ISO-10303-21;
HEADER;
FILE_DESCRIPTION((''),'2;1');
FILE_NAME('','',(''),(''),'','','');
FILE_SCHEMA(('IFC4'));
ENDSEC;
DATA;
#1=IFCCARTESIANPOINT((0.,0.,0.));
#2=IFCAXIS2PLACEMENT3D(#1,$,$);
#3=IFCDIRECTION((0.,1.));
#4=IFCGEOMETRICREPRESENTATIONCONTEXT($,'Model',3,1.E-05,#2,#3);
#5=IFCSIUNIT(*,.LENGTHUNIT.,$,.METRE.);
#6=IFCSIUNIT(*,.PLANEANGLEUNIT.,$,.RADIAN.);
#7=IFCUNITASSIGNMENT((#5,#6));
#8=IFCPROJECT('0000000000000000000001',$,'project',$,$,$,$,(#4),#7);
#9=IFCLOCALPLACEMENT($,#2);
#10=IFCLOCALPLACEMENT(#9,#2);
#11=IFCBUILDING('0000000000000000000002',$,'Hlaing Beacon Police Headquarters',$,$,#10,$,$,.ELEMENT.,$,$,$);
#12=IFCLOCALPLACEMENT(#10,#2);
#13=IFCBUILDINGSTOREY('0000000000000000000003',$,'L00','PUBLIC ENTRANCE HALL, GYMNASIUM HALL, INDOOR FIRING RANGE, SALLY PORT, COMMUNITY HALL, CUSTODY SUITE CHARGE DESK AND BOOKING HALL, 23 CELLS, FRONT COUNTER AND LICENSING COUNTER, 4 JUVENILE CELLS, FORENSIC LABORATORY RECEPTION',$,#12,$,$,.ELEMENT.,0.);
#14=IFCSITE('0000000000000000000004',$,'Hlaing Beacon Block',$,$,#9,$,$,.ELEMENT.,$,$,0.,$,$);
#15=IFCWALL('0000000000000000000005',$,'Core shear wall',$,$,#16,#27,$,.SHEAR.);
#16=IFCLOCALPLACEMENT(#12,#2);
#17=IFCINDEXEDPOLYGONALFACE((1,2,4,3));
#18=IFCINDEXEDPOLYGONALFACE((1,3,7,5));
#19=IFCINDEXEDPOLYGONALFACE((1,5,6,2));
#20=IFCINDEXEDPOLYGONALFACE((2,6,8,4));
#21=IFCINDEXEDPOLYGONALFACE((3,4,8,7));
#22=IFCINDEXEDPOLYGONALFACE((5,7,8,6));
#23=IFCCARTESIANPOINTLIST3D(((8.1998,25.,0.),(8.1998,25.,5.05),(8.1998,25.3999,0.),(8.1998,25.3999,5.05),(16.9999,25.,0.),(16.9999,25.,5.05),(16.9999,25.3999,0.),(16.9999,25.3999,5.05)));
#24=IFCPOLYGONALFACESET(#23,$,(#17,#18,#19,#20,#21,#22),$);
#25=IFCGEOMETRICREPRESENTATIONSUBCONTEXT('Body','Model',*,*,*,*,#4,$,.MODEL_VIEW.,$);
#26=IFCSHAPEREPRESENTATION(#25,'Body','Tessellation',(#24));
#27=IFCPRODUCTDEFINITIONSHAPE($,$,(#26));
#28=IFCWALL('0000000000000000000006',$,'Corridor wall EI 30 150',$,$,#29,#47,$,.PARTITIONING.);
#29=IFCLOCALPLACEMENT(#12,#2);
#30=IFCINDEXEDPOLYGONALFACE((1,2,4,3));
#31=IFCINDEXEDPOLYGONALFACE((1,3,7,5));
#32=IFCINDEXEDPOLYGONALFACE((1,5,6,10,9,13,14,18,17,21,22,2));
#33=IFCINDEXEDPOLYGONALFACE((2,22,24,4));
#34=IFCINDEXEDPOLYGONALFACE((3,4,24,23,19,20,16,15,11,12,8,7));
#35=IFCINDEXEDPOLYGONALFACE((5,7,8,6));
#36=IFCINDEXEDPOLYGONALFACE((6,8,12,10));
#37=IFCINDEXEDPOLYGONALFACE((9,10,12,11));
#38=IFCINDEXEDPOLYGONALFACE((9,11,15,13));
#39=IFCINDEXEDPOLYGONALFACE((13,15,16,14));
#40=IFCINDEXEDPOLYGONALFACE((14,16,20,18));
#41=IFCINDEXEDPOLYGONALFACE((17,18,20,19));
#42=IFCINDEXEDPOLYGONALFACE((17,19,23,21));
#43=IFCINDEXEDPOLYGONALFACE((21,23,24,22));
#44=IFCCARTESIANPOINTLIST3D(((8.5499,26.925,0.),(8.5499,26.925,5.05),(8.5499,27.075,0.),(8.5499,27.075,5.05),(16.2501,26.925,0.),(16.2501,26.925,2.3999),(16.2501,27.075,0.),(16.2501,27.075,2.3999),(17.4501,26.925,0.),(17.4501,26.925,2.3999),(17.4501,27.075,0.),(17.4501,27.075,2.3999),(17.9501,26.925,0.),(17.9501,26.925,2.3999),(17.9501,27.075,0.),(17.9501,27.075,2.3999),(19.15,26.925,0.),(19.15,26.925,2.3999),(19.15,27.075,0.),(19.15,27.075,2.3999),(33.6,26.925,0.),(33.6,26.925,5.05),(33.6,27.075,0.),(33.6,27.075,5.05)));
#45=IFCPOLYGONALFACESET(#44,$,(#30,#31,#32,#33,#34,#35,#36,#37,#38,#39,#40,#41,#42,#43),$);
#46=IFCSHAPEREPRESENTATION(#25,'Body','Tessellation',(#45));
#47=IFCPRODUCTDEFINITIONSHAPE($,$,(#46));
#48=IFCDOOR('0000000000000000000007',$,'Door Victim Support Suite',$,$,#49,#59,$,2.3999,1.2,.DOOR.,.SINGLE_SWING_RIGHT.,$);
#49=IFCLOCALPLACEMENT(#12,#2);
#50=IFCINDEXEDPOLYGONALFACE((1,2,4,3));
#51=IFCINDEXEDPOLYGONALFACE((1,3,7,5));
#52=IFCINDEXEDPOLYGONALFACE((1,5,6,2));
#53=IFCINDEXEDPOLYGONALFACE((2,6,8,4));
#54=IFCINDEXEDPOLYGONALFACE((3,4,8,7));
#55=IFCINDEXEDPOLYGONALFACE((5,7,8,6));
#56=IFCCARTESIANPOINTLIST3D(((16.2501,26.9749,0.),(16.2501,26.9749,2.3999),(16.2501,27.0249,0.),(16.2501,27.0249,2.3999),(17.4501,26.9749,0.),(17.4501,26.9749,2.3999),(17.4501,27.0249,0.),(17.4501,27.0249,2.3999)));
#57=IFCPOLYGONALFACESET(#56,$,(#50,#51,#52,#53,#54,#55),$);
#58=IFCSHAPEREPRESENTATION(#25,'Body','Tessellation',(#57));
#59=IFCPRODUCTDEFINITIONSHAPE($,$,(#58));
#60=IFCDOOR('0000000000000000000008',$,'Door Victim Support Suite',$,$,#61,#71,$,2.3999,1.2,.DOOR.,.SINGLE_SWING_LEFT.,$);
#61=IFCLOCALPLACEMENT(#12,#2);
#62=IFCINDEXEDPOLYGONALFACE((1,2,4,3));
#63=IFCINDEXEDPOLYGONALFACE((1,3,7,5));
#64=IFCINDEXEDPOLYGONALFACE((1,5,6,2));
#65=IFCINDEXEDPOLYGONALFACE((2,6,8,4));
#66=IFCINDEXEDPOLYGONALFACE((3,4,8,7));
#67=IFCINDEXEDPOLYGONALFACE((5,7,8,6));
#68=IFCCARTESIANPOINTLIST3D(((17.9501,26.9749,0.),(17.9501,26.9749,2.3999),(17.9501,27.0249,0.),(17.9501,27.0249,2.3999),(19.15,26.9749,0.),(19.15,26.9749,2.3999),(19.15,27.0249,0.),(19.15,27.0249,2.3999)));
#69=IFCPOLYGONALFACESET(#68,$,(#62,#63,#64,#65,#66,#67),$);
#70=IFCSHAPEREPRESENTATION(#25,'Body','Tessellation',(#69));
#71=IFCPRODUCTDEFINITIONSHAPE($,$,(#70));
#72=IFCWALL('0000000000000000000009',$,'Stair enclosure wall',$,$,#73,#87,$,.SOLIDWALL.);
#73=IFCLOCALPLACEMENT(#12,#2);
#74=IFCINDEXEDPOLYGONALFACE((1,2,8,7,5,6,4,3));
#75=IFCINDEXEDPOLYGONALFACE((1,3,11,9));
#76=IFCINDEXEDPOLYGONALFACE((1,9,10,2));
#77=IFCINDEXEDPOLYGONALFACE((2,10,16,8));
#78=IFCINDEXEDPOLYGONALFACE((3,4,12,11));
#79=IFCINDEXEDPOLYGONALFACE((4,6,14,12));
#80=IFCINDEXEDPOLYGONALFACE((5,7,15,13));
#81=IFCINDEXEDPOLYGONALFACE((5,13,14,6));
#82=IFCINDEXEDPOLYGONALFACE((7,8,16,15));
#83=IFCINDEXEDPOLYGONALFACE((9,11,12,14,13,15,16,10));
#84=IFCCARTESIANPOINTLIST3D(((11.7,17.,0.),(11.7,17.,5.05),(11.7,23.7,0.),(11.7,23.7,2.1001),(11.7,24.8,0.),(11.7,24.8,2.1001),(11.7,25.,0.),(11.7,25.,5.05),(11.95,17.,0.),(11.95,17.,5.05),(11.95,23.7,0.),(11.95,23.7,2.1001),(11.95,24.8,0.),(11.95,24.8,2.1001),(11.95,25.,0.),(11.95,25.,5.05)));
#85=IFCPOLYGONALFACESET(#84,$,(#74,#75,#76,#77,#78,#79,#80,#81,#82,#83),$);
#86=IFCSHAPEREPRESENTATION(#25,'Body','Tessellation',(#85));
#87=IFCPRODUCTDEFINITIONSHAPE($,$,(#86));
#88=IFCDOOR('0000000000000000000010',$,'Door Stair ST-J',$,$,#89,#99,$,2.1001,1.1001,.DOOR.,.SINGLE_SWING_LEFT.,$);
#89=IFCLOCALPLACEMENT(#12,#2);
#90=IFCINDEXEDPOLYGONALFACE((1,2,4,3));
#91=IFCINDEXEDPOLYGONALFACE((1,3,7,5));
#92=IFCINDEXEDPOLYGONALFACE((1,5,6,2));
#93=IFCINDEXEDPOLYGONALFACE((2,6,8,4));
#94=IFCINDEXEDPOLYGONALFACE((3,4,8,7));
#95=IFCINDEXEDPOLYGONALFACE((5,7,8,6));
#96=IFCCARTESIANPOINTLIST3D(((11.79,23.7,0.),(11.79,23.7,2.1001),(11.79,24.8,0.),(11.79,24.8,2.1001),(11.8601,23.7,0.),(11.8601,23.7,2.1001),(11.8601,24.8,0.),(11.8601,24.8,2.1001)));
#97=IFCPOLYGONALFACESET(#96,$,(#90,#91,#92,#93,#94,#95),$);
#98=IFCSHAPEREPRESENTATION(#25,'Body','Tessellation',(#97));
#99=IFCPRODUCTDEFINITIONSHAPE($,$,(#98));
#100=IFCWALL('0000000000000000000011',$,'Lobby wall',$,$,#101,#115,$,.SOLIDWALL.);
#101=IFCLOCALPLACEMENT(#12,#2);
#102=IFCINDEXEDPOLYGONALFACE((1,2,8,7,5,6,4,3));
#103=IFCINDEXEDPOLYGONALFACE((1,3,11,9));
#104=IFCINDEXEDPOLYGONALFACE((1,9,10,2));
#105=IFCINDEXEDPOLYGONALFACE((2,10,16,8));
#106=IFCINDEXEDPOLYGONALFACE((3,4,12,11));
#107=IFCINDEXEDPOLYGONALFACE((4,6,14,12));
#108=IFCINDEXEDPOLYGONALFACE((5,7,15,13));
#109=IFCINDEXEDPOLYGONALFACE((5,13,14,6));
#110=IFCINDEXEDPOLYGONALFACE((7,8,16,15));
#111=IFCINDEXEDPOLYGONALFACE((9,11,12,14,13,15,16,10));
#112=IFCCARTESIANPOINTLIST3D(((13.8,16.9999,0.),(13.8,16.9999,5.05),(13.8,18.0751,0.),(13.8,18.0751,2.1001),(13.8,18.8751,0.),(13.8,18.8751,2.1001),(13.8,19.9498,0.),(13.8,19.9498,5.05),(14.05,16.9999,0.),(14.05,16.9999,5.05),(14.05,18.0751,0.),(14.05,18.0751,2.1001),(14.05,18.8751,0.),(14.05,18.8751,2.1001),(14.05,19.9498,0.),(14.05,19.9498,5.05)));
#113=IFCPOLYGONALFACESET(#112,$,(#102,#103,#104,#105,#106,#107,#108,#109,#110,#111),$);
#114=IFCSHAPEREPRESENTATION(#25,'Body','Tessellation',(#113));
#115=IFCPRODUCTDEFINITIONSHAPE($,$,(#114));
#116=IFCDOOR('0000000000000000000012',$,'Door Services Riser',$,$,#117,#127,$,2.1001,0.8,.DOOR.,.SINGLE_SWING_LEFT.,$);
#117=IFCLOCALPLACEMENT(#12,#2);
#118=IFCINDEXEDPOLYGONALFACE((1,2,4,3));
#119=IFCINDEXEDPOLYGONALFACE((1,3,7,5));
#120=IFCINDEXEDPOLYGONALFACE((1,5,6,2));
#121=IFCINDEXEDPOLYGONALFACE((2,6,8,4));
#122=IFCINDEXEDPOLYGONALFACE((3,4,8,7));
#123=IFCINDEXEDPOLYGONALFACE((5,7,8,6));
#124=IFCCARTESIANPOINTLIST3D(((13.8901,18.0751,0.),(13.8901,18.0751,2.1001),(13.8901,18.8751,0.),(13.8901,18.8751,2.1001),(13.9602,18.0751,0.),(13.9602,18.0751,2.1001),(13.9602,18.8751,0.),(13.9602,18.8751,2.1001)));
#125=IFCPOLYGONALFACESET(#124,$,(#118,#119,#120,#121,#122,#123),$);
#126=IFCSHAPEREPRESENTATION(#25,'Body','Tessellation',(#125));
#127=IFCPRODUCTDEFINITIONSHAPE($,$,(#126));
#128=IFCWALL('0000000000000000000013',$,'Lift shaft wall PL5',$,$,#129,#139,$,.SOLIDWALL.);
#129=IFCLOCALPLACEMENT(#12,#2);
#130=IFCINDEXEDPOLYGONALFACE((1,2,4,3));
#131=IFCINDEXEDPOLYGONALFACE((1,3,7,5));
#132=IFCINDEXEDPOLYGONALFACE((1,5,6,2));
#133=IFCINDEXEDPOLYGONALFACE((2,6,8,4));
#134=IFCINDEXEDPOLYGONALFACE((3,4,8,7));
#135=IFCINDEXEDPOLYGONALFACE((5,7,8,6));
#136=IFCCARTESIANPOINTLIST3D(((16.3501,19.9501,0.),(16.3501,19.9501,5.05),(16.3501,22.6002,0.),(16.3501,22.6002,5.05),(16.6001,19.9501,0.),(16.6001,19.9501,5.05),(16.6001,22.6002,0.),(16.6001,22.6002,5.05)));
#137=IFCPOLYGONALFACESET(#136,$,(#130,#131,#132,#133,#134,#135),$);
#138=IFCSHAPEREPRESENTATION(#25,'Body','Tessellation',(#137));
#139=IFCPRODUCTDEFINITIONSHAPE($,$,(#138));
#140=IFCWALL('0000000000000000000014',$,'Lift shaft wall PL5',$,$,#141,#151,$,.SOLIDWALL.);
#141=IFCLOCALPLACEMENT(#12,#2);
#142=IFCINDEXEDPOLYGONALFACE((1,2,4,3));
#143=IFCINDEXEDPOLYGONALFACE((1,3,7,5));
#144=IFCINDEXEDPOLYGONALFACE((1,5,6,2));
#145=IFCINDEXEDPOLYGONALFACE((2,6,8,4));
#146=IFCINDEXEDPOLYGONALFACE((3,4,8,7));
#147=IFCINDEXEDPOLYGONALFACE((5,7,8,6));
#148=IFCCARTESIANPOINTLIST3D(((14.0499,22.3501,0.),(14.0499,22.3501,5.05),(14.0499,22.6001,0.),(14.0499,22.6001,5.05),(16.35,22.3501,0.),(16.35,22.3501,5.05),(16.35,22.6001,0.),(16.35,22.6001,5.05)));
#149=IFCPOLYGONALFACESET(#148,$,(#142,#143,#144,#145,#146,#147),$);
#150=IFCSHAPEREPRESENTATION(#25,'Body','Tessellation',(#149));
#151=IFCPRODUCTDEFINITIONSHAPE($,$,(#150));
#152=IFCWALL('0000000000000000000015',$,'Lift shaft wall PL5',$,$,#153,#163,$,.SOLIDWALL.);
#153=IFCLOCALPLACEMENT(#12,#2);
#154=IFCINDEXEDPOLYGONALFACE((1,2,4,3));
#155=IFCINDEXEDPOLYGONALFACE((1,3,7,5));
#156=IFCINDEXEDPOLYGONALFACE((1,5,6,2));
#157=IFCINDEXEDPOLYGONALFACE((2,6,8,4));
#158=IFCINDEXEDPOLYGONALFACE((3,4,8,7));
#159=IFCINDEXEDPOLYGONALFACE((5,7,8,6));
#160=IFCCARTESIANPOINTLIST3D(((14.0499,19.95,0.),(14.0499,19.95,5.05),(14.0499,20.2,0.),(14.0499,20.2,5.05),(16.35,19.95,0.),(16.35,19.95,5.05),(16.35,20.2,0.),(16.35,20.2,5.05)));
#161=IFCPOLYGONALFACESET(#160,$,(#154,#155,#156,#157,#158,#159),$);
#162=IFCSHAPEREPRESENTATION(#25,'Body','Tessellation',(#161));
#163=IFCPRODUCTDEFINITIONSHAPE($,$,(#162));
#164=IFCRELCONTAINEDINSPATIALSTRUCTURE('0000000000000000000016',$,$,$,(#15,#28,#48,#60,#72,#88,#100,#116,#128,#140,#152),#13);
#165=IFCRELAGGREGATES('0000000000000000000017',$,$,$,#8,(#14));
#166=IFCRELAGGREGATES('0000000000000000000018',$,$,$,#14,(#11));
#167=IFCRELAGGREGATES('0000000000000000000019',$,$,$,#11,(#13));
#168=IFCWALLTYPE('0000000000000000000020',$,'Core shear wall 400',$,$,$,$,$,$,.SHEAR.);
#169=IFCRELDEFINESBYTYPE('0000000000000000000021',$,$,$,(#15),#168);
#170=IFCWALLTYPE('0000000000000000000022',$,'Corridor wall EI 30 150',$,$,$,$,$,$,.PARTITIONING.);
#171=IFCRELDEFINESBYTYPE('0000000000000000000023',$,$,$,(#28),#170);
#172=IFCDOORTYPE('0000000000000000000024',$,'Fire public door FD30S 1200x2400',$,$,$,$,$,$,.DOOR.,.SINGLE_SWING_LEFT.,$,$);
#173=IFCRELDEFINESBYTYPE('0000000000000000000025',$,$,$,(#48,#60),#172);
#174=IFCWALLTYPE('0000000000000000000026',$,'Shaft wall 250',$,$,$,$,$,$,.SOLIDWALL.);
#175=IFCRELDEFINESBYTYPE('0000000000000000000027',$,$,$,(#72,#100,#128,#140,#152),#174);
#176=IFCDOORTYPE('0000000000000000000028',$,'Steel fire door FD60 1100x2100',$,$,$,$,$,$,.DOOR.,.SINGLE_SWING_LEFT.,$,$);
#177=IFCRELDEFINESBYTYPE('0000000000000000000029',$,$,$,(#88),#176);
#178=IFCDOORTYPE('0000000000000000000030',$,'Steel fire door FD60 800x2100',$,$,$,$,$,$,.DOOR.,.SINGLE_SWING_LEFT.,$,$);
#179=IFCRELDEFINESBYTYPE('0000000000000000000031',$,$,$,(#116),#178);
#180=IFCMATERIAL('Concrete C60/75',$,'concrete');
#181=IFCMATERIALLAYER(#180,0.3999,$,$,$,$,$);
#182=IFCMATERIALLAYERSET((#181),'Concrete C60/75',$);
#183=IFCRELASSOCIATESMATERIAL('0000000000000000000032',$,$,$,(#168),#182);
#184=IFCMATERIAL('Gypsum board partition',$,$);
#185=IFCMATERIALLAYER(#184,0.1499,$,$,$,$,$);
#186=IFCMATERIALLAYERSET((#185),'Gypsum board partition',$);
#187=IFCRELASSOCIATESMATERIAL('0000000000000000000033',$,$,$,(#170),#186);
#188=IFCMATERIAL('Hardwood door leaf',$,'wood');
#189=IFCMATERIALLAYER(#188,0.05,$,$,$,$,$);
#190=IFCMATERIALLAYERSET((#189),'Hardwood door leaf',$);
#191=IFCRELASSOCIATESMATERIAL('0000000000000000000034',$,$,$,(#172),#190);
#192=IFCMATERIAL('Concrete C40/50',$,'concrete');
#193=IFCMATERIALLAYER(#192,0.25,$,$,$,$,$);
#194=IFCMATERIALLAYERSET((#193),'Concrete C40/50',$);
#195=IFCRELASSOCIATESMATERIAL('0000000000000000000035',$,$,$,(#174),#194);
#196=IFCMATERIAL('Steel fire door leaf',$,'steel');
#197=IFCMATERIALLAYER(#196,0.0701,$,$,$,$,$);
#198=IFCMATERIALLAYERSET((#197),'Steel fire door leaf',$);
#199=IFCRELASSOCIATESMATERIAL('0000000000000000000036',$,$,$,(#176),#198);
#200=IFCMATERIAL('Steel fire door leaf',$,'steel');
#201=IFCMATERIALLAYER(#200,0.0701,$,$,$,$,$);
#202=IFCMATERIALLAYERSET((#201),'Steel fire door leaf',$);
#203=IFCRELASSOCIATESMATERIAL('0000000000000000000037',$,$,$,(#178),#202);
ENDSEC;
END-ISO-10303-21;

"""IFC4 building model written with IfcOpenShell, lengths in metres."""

from ifc_helpers import new_model, si_unit, direction, frame, frame_2d, origin, place, context, subcontext, project, spatial, rectangle, extrude, material, layer, layer_set, type_object, element, fill, save


model = new_model("IFC4")

# Units and contexts
model_context = context("Model", 3, precision=1e-05, world=origin(), true_north=direction((0.0, 1.0)))
body_context = subcontext(model_context, "Body", "Model", "MODEL_VIEW")
ifc_project = project(units=[si_unit("LENGTHUNIT", "METRE"), si_unit("PLANEANGLEUNIT", "RADIAN")], contexts=[model_context])

# Site, building, storey
site_placement = place(None, origin())
site = spatial("IfcSite", under=ifc_project, at=site_placement, Name="Hlaing Beacon Block", CompositionType="ELEMENT", RefElevation=0.0)
building_placement = place(site_placement, origin())
building = spatial("IfcBuilding", under=site, at=building_placement, Name="Hlaing Beacon Police Headquarters", CompositionType="ELEMENT")
storey_placement = place(building_placement, origin())
storey = spatial("IfcBuildingStorey", under=building, at=storey_placement, Name="L00", Description="PUBLIC ENTRANCE HALL, GYMNASIUM HALL, INDOOR FIRING RANGE, SALLY PORT, COMMUNITY HALL, CUSTODY SUITE CHARGE DESK AND BOOKING HALL, 23 CELLS, FRONT COUNTER AND LICENSING COUNTER, 4 JUVENILE CELLS, FORENSIC LABORATORY RECEPTION", CompositionType="ELEMENT", Elevation=0.0)

# Wall
ifc_material_1 = material(Name="Concrete C60/75", Category="concrete")
ifc_layer_1 = layer(ifc_material_1, 0.3999)
ifc_layer_set_1 = layer_set([ifc_layer_1], Name="Concrete C60/75")
wall_type_1 = type_object("IfcWallType", Name="Core shear wall 400", PredefinedType="SHEAR", material=ifc_layer_set_1)
wall_1_placement = place(storey_placement, frame((8.2, 25.2, 0.0), z_axis=(0.0, 0.0, 1.0), x_axis=(1.0, 0.0, 0.0)))
element("IfcWall", 1, at=wall_1_placement, inside=storey, type_object=wall_type_1, Name="Core shear wall", PredefinedType="SHEAR", context=body_context, shape_type="SweptSolid", body=[
    extrude(rectangle(XDim=8.8, YDim=0.3999, at=frame_2d((4.3999, 0.0))), origin(), (0.0, 0.0, 1.0), 5.05),
])

# Wall, openings, doors
ifc_material_2 = material(Name="Gypsum board partition")
ifc_layer_2 = layer(ifc_material_2, 0.1499)
ifc_layer_set_2 = layer_set([ifc_layer_2], Name="Gypsum board partition")
wall_type_2 = type_object("IfcWallType", Name="Corridor wall EI 30 150", PredefinedType="PARTITIONING", material=ifc_layer_set_2)
wall_2_placement = place(storey_placement, frame((8.55, 27.0, 0.0), z_axis=(0.0, 0.0, 1.0), x_axis=(1.0, 0.0, 0.0)))
wall_2 = element("IfcWall", 2, at=wall_2_placement, inside=storey, type_object=wall_type_2, Name="Corridor wall EI 30 150", PredefinedType="PARTITIONING", context=body_context, shape_type="SweptSolid", body=[
    extrude(rectangle(XDim=25.05, YDim=0.1499, at=frame_2d((12.5249, 0.0))), origin(), (0.0, 0.0, 1.0), 5.05),
])
opening_1_placement = place(wall_2_placement, frame((7.7, 0.0, 0.0)))
opening_1 = element("IfcOpeningElement", 3, at=opening_1_placement, cuts=wall_2, PredefinedType="OPENING", context=body_context, shape_type="SweptSolid", body=[
    extrude(rectangle(XDim=1.2, YDim=2.3999, at=frame_2d((0.6001, 1.2))), frame((0.0, 0.085, 0.0), z_axis=(0.0, -1.0, 0.0), x_axis=(1.0, 0.0, 0.0)), (0.0, 0.0, 1.0), 0.1699),
])
opening_2_placement = place(wall_2_placement, frame((9.3999, 0.0, 0.0)))
opening_2 = element("IfcOpeningElement", 4, at=opening_2_placement, cuts=wall_2, PredefinedType="OPENING", context=body_context, shape_type="SweptSolid", body=[
    extrude(rectangle(XDim=1.2, YDim=2.3999, at=frame_2d((0.6001, 1.2))), frame((0.0, 0.085, 0.0), z_axis=(0.0, -1.0, 0.0), x_axis=(1.0, 0.0, 0.0)), (0.0, 0.0, 1.0), 0.1699),
])
ifc_material_3 = material(Name="Hardwood door leaf", Category="wood")
ifc_layer_3 = layer(ifc_material_3, 0.05)
ifc_layer_set_3 = layer_set([ifc_layer_3], Name="Hardwood door leaf")
door_type_1 = type_object("IfcDoorType", Name="Fire public door FD30S 1200x2400", OperationType="SINGLE_SWING_LEFT", PredefinedType="DOOR", material=ifc_layer_set_3)
door_1_placement = place(opening_1_placement, frame((1.2, 0.0, 0.0), z_axis=(0.0, 0.0, 1.0), x_axis=(-1.0, 0.0, 0.0)))
door_1 = element("IfcDoor", 5, at=door_1_placement, inside=storey, type_object=door_type_1, Name="Door Victim Support Suite", OperationType="SINGLE_SWING_RIGHT", OverallHeight=2.3999, OverallWidth=1.2, PredefinedType="DOOR", context=body_context, shape_type="SweptSolid", body=[
    extrude(rectangle(XDim=1.2, YDim=2.3999, at=frame_2d((0.5999, 1.2))), frame((0.0, 0.0251, 0.0), z_axis=(0.0, -1.0, 0.0), x_axis=(1.0, 0.0, 0.0)), (0.0, 0.0, 1.0), 0.05),
])
fill(opening_1, door_1)
door_2_placement = place(opening_2_placement, frame((1.2, 0.0, 0.0), z_axis=(0.0, 0.0, 1.0), x_axis=(-1.0, 0.0, 0.0)))
door_2 = element("IfcDoor", 6, at=door_2_placement, inside=storey, type_object=door_type_1, Name="Door Victim Support Suite", OperationType="SINGLE_SWING_LEFT", OverallHeight=2.3999, OverallWidth=1.2, PredefinedType="DOOR", context=body_context, shape_type="SweptSolid", body=[
    extrude(rectangle(XDim=1.2, YDim=2.3999, at=frame_2d((0.5999, 1.2))), frame((0.0, 0.0251, 0.0), z_axis=(0.0, -1.0, 0.0), x_axis=(1.0, 0.0, 0.0)), (0.0, 0.0, 1.0), 0.05),
])
fill(opening_2, door_2)

# Walls, openings, doors
ifc_material_4 = material(Name="Concrete C40/50", Category="concrete")
ifc_layer_4 = layer(ifc_material_4, 0.25)
ifc_layer_set_4 = layer_set([ifc_layer_4], Name="Concrete C40/50")
wall_type_3 = type_object("IfcWallType", Name="Shaft wall 250", PredefinedType="SOLIDWALL", material=ifc_layer_set_4)
wall_3_placement = place(storey_placement, frame((11.825, 25.0, 0.0), z_axis=(0.0, 0.0, 1.0), x_axis=(0.0, -1.0, 0.0)))
wall_3 = element("IfcWall", 7, at=wall_3_placement, inside=storey, type_object=wall_type_3, Name="Stair enclosure wall", PredefinedType="SOLIDWALL", context=body_context, shape_type="SweptSolid", body=[
    extrude(rectangle(XDim=8.0, YDim=0.25, at=frame_2d((4.0, 0.0))), origin(), (0.0, 0.0, 1.0), 5.05),
])
opening_3_placement = place(wall_3_placement, frame((0.2, 0.0, 0.0)))
opening_3 = element("IfcOpeningElement", 8, at=opening_3_placement, cuts=wall_3, PredefinedType="OPENING", context=body_context, shape_type="SweptSolid", body=[
    extrude(rectangle(XDim=1.1001, YDim=2.1001, at=frame_2d((0.55, 1.05))), frame((0.0, 0.135, 0.0), z_axis=(0.0, -1.0, 0.0), x_axis=(1.0, 0.0, 0.0)), (0.0, 0.0, 1.0), 0.27),
])
ifc_material_5 = material(Name="Steel fire door leaf", Category="steel")
ifc_layer_5 = layer(ifc_material_5, 0.0701)
ifc_layer_set_5 = layer_set([ifc_layer_5], Name="Steel fire door leaf")
door_type_2 = type_object("IfcDoorType", Name="Steel fire door FD60 1100x2100", OperationType="SINGLE_SWING_LEFT", PredefinedType="DOOR", material=ifc_layer_set_5)
door_3_placement = place(opening_3_placement, frame((1.1001, 0.0, 0.0), z_axis=(0.0, 0.0, 1.0), x_axis=(-1.0, 0.0, 0.0)))
door_3 = element("IfcDoor", 9, at=door_3_placement, inside=storey, type_object=door_type_2, Name="Door Stair ST-J", OperationType="SINGLE_SWING_LEFT", OverallHeight=2.1001, OverallWidth=1.1001, PredefinedType="DOOR", context=body_context, shape_type="SweptSolid", body=[
    extrude(rectangle(XDim=1.1001, YDim=2.1001, at=frame_2d((0.55, 1.05))), frame((0.0, 0.0349, 0.0), z_axis=(0.0, -1.0, 0.0), x_axis=(1.0, 0.0, 0.0)), (0.0, 0.0, 1.0), 0.0701),
])
fill(opening_3, door_3)
wall_4_placement = place(storey_placement, frame((13.925, 19.95, 0.0), z_axis=(0.0, 0.0, 1.0), x_axis=(0.0, -1.0, 0.0)))
wall_4 = element("IfcWall", 10, at=wall_4_placement, inside=storey, type_object=wall_type_3, Name="Lobby wall", PredefinedType="SOLIDWALL", context=body_context, shape_type="SweptSolid", body=[
    extrude(rectangle(XDim=2.95, YDim=0.25, at=frame_2d((1.4751, 0.0))), origin(), (0.0, 0.0, 1.0), 5.05),
])
opening_4_placement = place(wall_4_placement, frame((1.075, 0.0, 0.0)))
opening_4 = element("IfcOpeningElement", 11, at=opening_4_placement, cuts=wall_4, PredefinedType="OPENING", context=body_context, shape_type="SweptSolid", body=[
    extrude(rectangle(XDim=0.8, YDim=2.1001, at=frame_2d((0.3999, 1.05))), frame((0.0, 0.135, 0.0), z_axis=(0.0, -1.0, 0.0), x_axis=(1.0, 0.0, 0.0)), (0.0, 0.0, 1.0), 0.27),
])
ifc_material_6 = material(Name="Steel fire door leaf", Category="steel")
ifc_layer_6 = layer(ifc_material_6, 0.0701)
ifc_layer_set_6 = layer_set([ifc_layer_6], Name="Steel fire door leaf")
door_type_3 = type_object("IfcDoorType", Name="Steel fire door FD60 800x2100", OperationType="SINGLE_SWING_LEFT", PredefinedType="DOOR", material=ifc_layer_set_6)
door_4_placement = place(opening_4_placement, origin())
door_4 = element("IfcDoor", 12, at=door_4_placement, inside=storey, type_object=door_type_3, Name="Door Services Riser", OperationType="SINGLE_SWING_LEFT", OverallHeight=2.1001, OverallWidth=0.8, PredefinedType="DOOR", context=body_context, shape_type="SweptSolid", body=[
    extrude(rectangle(XDim=0.8, YDim=2.1001, at=frame_2d((0.3999, 1.05))), frame((0.0, 0.0352, 0.0), z_axis=(0.0, -1.0, 0.0), x_axis=(1.0, 0.0, 0.0)), (0.0, 0.0, 1.0), 0.0701),
])
fill(opening_4, door_4)

# Walls
wall_5_placement = place(storey_placement, frame((16.4751, 19.95, 0.0), z_axis=(0.0, 0.0, 1.0), x_axis=(0.0, 1.0, 0.0)))
element("IfcWall", 13, at=wall_5_placement, inside=storey, type_object=wall_type_3, Name="Lift shaft wall PL5", PredefinedType="SOLIDWALL", context=body_context, shape_type="SweptSolid", body=[
    extrude(rectangle(XDim=2.6501, YDim=0.25, at=frame_2d((1.3252, 0.0))), origin(), (0.0, 0.0, 1.0), 5.05),
])
for number, where, z_axis, x_axis, name in (
    (14, (14.05, 22.4751, 0.0), (0.0, 0.0, 1.0), (1.0, 0.0, 0.0), "Lift shaft wall PL5"),
    (15, (14.05, 20.075, 0.0), (0.0, 0.0, 1.0), (1.0, 0.0, 0.0), "Lift shaft wall PL5"),
):
    element("IfcWall", number, at=place(storey_placement, frame(where, z_axis=z_axis, x_axis=x_axis)), inside=storey, type_object=wall_type_3, Name=name, PredefinedType="SOLIDWALL", context=body_context, shape_type="SweptSolid", body=[
        extrude(rectangle(XDim=2.3, YDim=0.25, at=frame_2d((1.1499, 0.0))), origin(), (0.0, 0.0, 1.0), 5.05),
    ])

save(model, "model.ifc")
